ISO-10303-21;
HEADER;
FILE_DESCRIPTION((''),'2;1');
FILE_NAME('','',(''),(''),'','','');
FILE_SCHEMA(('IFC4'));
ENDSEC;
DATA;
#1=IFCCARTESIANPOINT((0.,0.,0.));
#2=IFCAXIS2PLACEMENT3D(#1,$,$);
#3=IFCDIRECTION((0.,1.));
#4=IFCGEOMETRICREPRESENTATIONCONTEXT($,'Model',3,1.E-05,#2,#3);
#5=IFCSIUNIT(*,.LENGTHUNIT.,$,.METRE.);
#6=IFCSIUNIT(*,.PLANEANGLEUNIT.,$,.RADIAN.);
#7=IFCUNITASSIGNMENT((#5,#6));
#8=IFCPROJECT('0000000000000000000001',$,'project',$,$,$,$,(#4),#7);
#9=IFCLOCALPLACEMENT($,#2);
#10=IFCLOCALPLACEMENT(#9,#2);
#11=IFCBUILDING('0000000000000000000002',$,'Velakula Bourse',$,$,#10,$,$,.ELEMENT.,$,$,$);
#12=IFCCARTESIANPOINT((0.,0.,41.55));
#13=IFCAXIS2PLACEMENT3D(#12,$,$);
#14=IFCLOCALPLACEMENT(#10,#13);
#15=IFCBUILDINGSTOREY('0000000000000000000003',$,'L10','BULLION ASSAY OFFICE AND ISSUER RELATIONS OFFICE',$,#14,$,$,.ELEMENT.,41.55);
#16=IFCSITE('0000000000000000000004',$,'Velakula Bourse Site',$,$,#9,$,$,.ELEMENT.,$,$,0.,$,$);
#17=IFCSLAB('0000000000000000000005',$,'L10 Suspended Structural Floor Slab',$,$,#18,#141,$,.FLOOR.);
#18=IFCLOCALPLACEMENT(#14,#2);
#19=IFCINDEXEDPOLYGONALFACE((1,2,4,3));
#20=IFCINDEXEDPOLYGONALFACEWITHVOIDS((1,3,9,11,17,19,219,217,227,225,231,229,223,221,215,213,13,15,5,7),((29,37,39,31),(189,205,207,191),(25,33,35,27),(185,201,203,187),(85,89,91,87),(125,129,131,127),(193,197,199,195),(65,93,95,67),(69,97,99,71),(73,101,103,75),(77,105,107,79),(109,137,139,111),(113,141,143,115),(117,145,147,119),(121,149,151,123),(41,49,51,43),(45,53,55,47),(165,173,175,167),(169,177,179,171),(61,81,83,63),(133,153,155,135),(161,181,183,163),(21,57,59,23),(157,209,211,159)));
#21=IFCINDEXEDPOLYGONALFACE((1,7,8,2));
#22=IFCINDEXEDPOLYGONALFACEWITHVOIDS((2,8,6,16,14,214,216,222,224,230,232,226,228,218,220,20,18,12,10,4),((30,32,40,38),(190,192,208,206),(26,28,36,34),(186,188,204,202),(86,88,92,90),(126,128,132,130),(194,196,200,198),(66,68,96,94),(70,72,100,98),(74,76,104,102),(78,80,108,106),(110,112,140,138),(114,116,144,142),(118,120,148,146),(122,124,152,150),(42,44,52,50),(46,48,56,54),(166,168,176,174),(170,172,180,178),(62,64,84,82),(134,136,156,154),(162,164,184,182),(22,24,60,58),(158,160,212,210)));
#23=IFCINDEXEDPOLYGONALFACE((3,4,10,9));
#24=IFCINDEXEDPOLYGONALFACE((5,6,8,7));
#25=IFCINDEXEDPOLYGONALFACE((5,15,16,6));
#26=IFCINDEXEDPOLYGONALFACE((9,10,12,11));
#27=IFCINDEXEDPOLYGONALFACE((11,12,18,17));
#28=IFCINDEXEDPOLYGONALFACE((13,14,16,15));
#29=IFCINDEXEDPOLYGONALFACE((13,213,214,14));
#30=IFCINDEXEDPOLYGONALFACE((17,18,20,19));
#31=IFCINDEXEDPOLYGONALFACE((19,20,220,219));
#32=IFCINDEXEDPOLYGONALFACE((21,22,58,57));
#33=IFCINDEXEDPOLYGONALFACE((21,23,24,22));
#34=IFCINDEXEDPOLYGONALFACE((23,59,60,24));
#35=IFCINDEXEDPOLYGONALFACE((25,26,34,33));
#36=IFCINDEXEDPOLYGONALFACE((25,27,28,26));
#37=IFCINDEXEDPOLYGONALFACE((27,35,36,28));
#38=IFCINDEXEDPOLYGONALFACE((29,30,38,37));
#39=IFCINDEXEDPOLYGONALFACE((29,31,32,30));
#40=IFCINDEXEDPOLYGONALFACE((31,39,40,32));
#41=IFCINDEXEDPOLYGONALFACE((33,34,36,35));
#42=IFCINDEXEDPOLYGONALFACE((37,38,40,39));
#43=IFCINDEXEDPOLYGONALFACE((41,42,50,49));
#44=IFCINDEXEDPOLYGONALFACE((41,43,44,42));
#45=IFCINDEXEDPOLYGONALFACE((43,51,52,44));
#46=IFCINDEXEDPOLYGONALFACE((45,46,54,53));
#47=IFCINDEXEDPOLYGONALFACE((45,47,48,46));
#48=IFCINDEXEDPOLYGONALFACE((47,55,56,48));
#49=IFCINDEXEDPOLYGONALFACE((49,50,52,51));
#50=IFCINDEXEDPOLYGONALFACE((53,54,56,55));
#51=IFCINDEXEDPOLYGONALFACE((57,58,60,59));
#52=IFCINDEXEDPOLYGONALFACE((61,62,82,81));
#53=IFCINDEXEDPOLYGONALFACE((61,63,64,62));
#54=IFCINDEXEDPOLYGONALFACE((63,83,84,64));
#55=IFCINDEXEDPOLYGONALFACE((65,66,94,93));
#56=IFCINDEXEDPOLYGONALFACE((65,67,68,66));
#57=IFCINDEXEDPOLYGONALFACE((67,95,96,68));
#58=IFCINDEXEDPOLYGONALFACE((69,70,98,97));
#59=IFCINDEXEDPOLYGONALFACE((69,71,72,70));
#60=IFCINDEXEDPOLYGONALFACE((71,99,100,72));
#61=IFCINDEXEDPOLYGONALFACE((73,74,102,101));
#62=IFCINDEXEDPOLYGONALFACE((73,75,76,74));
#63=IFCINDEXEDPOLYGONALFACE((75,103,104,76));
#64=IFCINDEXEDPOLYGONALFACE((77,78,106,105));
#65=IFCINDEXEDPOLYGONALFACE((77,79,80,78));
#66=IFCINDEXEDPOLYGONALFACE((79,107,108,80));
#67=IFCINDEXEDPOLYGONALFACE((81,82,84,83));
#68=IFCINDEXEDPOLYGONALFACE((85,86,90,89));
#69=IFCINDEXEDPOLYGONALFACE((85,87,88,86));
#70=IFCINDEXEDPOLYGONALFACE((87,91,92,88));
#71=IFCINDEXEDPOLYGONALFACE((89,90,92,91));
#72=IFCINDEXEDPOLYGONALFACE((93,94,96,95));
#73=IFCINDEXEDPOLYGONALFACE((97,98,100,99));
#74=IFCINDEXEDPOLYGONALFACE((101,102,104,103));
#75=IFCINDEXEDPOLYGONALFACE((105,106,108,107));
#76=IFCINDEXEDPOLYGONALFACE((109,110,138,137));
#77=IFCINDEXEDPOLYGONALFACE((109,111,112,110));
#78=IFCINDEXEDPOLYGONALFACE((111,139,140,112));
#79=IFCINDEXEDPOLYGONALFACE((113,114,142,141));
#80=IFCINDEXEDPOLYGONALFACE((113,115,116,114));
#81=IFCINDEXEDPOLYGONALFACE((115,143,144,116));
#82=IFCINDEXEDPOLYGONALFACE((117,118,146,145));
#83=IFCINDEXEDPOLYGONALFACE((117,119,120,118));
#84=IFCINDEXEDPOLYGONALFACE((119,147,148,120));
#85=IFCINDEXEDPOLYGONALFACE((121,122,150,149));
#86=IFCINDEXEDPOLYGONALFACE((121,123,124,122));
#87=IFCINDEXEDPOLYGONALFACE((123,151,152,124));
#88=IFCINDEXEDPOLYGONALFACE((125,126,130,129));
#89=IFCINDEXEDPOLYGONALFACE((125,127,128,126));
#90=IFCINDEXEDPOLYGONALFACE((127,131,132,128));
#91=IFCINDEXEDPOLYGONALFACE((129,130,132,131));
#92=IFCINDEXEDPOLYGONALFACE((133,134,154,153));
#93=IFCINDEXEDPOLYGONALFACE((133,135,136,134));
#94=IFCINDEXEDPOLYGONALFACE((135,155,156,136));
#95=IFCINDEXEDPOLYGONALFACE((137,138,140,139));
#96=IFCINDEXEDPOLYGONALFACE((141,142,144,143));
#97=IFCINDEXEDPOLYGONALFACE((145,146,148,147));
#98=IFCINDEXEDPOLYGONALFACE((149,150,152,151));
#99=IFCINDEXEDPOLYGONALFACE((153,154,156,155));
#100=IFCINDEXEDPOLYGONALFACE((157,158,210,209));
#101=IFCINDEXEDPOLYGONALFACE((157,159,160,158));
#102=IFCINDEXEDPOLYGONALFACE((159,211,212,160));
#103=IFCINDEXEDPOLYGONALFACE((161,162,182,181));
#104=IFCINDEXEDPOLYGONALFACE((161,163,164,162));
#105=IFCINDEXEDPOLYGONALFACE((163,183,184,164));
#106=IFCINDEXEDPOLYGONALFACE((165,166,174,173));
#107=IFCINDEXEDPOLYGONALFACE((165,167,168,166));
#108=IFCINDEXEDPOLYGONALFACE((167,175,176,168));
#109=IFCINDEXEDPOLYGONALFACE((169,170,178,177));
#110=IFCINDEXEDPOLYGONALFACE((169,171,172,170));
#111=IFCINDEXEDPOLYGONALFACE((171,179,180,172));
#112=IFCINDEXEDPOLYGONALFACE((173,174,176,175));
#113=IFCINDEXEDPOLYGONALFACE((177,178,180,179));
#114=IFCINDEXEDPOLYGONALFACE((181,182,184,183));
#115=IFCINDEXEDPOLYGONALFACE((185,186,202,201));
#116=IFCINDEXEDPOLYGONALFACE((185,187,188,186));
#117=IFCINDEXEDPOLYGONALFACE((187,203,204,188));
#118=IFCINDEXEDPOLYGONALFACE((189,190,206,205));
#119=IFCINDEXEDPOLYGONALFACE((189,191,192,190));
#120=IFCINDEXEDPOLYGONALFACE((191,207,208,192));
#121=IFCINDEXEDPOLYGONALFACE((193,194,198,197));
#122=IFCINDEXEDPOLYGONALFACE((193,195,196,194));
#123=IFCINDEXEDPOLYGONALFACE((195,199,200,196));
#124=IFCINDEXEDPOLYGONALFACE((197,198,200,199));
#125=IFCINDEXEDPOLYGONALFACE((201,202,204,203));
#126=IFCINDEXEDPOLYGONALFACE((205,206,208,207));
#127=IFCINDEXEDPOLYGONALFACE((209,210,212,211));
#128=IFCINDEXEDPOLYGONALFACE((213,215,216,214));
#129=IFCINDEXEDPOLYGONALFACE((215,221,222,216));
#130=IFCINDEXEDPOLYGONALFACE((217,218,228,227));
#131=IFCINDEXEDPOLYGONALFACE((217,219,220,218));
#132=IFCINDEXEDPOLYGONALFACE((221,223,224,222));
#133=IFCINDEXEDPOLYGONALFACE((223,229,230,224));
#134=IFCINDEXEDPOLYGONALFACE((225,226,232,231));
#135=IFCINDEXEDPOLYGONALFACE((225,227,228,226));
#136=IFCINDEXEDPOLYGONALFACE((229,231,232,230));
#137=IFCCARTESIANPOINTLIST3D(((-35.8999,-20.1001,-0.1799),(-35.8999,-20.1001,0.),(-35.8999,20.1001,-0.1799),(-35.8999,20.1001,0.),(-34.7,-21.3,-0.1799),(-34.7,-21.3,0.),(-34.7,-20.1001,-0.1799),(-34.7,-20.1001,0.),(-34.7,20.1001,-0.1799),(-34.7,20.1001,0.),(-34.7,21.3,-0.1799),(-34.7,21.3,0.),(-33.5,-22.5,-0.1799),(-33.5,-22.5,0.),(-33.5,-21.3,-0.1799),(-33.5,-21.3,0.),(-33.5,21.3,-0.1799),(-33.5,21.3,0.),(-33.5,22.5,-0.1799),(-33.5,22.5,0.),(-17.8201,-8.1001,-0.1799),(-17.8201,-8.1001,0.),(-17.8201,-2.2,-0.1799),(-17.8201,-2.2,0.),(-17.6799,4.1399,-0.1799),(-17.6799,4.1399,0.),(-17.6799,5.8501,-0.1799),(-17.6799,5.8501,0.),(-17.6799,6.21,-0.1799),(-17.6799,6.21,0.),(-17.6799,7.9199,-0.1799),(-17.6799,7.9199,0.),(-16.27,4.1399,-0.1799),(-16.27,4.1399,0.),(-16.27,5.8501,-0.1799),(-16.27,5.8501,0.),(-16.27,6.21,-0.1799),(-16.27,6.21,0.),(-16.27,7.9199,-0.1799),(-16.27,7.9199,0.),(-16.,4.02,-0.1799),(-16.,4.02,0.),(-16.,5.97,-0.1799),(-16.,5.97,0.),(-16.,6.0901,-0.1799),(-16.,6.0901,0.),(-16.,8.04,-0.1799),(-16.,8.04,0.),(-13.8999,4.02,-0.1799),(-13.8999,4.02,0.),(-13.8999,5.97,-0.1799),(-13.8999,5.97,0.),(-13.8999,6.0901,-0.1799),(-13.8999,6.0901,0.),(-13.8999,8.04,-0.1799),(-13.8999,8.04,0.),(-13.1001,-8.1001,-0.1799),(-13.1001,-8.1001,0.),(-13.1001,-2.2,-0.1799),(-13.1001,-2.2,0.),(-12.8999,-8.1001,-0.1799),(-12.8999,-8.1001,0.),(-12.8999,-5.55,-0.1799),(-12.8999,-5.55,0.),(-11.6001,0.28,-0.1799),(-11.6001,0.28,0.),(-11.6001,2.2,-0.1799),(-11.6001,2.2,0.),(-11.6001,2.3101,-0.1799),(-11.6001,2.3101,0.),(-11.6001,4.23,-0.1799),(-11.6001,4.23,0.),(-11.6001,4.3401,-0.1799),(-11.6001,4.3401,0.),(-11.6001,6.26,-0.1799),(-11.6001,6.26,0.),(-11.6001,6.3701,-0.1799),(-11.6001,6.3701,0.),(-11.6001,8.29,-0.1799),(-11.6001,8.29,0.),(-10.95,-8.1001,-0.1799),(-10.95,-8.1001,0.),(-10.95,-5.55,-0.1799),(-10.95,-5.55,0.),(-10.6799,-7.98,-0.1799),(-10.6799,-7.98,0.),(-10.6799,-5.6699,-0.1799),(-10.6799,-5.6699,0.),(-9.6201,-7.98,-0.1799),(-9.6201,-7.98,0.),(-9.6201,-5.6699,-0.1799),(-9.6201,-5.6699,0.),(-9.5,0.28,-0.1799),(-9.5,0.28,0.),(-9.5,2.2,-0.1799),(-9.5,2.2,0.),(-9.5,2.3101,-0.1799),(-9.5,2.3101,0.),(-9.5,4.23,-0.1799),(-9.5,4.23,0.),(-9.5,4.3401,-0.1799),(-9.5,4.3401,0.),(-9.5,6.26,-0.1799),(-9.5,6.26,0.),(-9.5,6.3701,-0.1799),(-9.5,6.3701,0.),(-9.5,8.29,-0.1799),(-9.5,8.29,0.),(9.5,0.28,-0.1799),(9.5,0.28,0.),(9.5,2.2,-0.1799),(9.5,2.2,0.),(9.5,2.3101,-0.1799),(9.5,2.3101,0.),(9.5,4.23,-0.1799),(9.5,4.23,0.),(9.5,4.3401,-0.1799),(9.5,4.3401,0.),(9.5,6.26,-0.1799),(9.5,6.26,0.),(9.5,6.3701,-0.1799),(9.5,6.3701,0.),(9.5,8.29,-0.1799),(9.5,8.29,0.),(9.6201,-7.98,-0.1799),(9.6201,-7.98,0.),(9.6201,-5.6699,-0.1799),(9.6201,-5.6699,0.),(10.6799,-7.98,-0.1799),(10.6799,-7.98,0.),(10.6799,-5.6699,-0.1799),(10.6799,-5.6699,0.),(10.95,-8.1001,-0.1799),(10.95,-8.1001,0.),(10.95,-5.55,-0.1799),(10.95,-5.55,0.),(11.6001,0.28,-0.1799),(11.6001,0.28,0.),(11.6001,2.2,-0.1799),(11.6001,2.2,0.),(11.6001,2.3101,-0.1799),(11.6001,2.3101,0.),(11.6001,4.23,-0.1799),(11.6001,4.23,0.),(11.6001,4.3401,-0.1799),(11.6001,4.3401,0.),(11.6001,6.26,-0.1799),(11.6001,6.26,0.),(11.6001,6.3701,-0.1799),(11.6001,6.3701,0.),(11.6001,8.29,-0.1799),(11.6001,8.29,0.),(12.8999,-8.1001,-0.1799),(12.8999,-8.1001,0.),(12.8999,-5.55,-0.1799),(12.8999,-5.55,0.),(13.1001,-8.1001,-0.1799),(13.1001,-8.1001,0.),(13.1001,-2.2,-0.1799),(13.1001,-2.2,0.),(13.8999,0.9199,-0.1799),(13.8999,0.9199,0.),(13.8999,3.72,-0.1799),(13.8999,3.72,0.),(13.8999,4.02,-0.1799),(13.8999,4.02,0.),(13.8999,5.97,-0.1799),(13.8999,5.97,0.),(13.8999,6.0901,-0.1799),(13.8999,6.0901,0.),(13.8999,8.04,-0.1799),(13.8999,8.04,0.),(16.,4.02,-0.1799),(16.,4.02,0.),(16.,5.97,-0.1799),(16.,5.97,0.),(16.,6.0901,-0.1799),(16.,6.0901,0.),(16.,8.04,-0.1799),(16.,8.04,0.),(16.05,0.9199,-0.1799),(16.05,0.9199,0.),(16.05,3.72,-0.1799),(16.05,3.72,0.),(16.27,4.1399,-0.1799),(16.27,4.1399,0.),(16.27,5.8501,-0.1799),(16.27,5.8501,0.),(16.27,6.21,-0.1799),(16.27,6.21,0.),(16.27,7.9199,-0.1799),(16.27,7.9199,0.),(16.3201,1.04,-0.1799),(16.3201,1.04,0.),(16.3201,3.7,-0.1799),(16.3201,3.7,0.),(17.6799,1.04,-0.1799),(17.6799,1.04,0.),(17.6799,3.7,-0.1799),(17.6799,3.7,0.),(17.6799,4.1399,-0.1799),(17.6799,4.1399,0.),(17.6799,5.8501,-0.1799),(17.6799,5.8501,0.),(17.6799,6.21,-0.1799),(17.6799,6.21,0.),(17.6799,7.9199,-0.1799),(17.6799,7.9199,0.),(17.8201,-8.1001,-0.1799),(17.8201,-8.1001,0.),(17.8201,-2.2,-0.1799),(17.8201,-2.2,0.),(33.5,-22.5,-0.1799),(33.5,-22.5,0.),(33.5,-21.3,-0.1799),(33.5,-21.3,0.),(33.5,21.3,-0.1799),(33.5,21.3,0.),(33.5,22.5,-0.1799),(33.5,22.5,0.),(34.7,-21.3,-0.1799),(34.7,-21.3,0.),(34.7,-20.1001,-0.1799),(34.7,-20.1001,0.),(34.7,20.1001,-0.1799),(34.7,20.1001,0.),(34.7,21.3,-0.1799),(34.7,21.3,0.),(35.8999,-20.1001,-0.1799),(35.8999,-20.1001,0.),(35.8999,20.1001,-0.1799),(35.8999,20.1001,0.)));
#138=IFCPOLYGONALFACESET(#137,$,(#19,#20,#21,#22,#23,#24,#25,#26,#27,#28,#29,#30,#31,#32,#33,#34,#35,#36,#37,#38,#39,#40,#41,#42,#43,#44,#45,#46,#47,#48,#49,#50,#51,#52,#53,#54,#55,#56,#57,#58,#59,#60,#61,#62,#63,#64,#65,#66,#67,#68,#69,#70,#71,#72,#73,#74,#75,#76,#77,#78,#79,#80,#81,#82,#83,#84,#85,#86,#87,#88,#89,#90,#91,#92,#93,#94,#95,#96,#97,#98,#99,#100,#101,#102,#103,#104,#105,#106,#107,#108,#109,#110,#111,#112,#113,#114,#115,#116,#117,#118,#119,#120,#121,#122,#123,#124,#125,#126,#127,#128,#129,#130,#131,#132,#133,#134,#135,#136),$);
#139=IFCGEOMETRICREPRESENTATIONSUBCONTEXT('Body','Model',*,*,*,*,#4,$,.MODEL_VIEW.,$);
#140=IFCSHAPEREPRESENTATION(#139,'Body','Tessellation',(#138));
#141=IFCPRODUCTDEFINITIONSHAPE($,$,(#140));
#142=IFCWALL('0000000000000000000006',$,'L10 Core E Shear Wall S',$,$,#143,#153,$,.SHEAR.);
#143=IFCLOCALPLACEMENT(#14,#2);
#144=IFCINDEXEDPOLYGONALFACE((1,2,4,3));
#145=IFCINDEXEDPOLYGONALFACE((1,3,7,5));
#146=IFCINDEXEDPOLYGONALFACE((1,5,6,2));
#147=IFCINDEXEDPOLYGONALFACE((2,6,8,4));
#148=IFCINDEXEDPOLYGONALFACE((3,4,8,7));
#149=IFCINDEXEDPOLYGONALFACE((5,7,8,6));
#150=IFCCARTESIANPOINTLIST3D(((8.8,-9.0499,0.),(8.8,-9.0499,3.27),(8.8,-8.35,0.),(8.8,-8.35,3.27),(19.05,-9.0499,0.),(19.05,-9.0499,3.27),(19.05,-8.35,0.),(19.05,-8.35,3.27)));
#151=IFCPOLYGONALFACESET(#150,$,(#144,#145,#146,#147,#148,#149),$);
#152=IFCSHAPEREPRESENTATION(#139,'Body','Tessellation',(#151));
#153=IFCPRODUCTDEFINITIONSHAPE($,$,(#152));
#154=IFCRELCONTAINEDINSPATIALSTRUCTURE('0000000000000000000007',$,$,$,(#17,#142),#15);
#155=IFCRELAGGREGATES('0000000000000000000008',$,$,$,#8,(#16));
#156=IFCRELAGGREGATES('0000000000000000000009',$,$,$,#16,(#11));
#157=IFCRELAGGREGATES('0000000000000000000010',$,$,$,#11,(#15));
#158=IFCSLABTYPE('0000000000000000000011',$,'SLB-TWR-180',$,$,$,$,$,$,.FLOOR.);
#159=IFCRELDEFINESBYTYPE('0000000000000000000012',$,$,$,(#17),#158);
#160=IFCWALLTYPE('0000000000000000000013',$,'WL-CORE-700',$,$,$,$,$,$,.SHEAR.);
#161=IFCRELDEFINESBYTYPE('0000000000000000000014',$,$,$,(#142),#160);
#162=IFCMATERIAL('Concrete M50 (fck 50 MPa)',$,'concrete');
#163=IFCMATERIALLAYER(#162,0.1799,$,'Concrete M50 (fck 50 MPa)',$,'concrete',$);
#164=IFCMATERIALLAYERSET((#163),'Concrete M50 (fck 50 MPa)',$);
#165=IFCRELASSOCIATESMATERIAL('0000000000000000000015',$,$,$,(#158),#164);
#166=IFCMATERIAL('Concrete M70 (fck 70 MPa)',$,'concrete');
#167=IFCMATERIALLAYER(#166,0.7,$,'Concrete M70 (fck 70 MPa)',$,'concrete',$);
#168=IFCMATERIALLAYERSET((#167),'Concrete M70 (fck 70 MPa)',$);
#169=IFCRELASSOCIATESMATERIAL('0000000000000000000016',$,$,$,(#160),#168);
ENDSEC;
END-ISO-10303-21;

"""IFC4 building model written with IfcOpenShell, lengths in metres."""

from ifc_helpers import new_model, si_unit, direction, frame, frame_2d, origin, place, context, subcontext, project, spatial, polyline, rectangle, outline, extrude, material, layer, layer_set, type_object, element, save


model = new_model("IFC4")

# Units and contexts
model_context = context("Model", 3, precision=1e-05, world=origin(), true_north=direction((0.0, 1.0)))
body_context = subcontext(model_context, "Body", "Model", "MODEL_VIEW")
ifc_project = project(units=[si_unit("LENGTHUNIT", "METRE"), si_unit("PLANEANGLEUNIT", "RADIAN")], contexts=[model_context])

# Site, building, storey
site_placement = place(None, origin())
site = spatial("IfcSite", under=ifc_project, at=site_placement, Name="Velakula Bourse Site", CompositionType="ELEMENT", RefElevation=0.0)
building_placement = place(site_placement, origin())
building = spatial("IfcBuilding", under=site, at=building_placement, Name="Velakula Bourse", CompositionType="ELEMENT")
storey_placement = place(building_placement, frame((0.0, 0.0, 41.55)))
storey = spatial("IfcBuildingStorey", under=building, at=storey_placement, Name="L10", Description="BULLION ASSAY OFFICE AND ISSUER RELATIONS OFFICE", CompositionType="ELEMENT", Elevation=41.55)

# Shared definitions
ifc_material_1 = material(Name="Concrete M70 (fck 70 MPa)", Category="concrete")

# Slab
ifc_material_2 = material(Name="Concrete M50 (fck 50 MPa)", Category="concrete")
ifc_layer_1 = layer(ifc_material_2, 0.1799, Name="Concrete M50 (fck 50 MPa)", Category="concrete")
ifc_layer_set_1 = layer_set([ifc_layer_1], Name="Concrete M50 (fck 50 MPa)")
slab_type = type_object("IfcSlabType", Name="SLB-TWR-180", PredefinedType="FLOOR", material=ifc_layer_set_1)
slab_placement = place(storey_placement, frame((0.0, 0.0, -0.1799)))
element("IfcSlab", 1, at=slab_placement, inside=storey, type_object=slab_type, Name="L10 Suspended Structural Floor Slab", PredefinedType="FLOOR", context=body_context, shape_type="SweptSolid", body=[
    extrude(outline(polyline([(-33.5, -22.5), (33.5, -22.5), (33.5, -21.3), (34.7, -21.3), (34.7, -20.1001), (35.8999, -20.1001), (35.8999, 20.1001), (34.7, 20.1001), (34.7, 21.3), (33.5, 21.3), (33.5, 22.5), (-33.5, 22.5), (-33.5, 21.3), (-34.7, 21.3), (-34.7, 20.1001), (-35.8999, 20.1001), (-35.8999, -20.1001), (-34.7, -20.1001), (-34.7, -21.3), (-33.5, -21.3), (-33.5, -22.5)]), holes=[polyline([(-17.8201, -8.1001), (-13.1001, -8.1001), (-13.1001, -2.2), (-17.8201, -2.2), (-17.8201, -8.1001)]), polyline([(13.1001, -8.1001), (17.8201, -8.1001), (17.8201, -2.2), (13.1001, -2.2), (13.1001, -8.1001)]), polyline([(-12.8999, -8.1001), (-10.95, -8.1001), (-10.95, -5.55), (-12.8999, -5.55), (-12.8999, -8.1001)]), polyline([(10.95, -8.1001), (12.8999, -8.1001), (12.8999, -5.55), (10.95, -5.55), (10.95, -8.1001)]), polyline([(13.8999, 0.9199), (16.05, 0.9199), (16.05, 3.72), (13.8999, 3.72), (13.8999, 0.9199)]), polyline([(-10.6799, -7.98), (-9.6201, -7.98), (-9.6201, -5.6699), (-10.6799, -5.6699), (-10.6799, -7.98)]), polyline([(-17.6799, 4.1399), (-16.27, 4.1399), (-16.27, 5.8501), (-17.6799, 5.8501), (-17.6799, 4.1399)]), polyline([(-17.6799, 6.21), (-16.27, 6.21), (-16.27, 7.9199), (-17.6799, 7.9199), (-17.6799, 6.21)]), polyline([(9.6201, -7.98), (10.6799, -7.98), (10.6799, -5.6699), (9.6201, -5.6699), (9.6201, -7.98)]), polyline([(16.27, 4.1399), (17.6799, 4.1399), (17.6799, 5.8501), (16.27, 5.8501), (16.27, 4.1399)]), polyline([(16.27, 6.21), (17.6799, 6.21), (17.6799, 7.9199), (16.27, 7.9199), (16.27, 6.21)]), polyline([(16.3201, 1.04), (17.6799, 1.04), (17.6799, 3.7), (16.3201, 3.7), (16.3201, 1.04)]), polyline([(-11.6001, 0.28), (-9.5, 0.28), (-9.5, 2.2), (-11.6001, 2.2), (-11.6001, 0.28)]), polyline([(-11.6001, 2.3101), (-9.5, 2.3101), (-9.5, 4.23), (-11.6001, 4.23), (-11.6001, 2.3101)]), polyline([(-11.6001, 4.3401), (-9.5, 4.3401), (-9.5, 6.26), (-11.6001, 6.26), (-11.6001, 4.3401)]), polyline([(-11.6001, 6.3701), (-9.5, 6.3701), (-9.5, 8.29), (-11.6001, 8.29), (-11.6001, 6.3701)]), polyline([(9.5, 0.28), (11.6001, 0.28), (11.6001, 2.2), (9.5, 2.2), (9.5, 0.28)]), polyline([(9.5, 2.3101), (11.6001, 2.3101), (11.6001, 4.23), (9.5, 4.23), (9.5, 2.3101)]), polyline([(9.5, 4.3401), (11.6001, 4.3401), (11.6001, 6.26), (9.5, 6.26), (9.5, 4.3401)]), polyline([(9.5, 6.3701), (11.6001, 6.3701), (11.6001, 8.29), (9.5, 8.29), (9.5, 6.3701)]), polyline([(-16.0, 4.02), (-13.8999, 4.02), (-13.8999, 5.97), (-16.0, 5.97), (-16.0, 4.02)]), polyline([(-16.0, 6.0901), (-13.8999, 6.0901), (-13.8999, 8.04), (-16.0, 8.04), (-16.0, 6.0901)]), polyline([(13.8999, 4.02), (16.0, 4.02), (16.0, 5.97), (13.8999, 5.97), (13.8999, 4.02)]), polyline([(13.8999, 6.0901), (16.0, 6.0901), (16.0, 8.04), (13.8999, 8.04), (13.8999, 6.0901)])]), origin(), (0.0, 0.0, 1.0), 0.1799),
])

# Wall
ifc_layer_2 = layer(ifc_material_1, 0.7, Name="Concrete M70 (fck 70 MPa)", Category="concrete")
ifc_layer_set_2 = layer_set([ifc_layer_2], Name="Concrete M70 (fck 70 MPa)")
wall_type_1 = type_object("IfcWallType", Name="WL-CORE-700", PredefinedType="SHEAR", material=ifc_layer_set_2)
wall_1_placement = place(storey_placement, frame((8.8, -8.7, 0.0), z_axis=(0.0, 0.0, 1.0), x_axis=(1.0, 0.0, 0.0)))
element("IfcWall", 2, at=wall_1_placement, inside=storey, type_object=wall_type_1, Name="L10 Core E Shear Wall S", PredefinedType="SHEAR", context=body_context, shape_type="SweptSolid", body=[
    extrude(rectangle(XDim=10.25, YDim=0.7, at=frame_2d((5.125, 0.0))), origin(), (0.0, 0.0, 1.0), 3.27),
])

save(model, "model.ifc")
